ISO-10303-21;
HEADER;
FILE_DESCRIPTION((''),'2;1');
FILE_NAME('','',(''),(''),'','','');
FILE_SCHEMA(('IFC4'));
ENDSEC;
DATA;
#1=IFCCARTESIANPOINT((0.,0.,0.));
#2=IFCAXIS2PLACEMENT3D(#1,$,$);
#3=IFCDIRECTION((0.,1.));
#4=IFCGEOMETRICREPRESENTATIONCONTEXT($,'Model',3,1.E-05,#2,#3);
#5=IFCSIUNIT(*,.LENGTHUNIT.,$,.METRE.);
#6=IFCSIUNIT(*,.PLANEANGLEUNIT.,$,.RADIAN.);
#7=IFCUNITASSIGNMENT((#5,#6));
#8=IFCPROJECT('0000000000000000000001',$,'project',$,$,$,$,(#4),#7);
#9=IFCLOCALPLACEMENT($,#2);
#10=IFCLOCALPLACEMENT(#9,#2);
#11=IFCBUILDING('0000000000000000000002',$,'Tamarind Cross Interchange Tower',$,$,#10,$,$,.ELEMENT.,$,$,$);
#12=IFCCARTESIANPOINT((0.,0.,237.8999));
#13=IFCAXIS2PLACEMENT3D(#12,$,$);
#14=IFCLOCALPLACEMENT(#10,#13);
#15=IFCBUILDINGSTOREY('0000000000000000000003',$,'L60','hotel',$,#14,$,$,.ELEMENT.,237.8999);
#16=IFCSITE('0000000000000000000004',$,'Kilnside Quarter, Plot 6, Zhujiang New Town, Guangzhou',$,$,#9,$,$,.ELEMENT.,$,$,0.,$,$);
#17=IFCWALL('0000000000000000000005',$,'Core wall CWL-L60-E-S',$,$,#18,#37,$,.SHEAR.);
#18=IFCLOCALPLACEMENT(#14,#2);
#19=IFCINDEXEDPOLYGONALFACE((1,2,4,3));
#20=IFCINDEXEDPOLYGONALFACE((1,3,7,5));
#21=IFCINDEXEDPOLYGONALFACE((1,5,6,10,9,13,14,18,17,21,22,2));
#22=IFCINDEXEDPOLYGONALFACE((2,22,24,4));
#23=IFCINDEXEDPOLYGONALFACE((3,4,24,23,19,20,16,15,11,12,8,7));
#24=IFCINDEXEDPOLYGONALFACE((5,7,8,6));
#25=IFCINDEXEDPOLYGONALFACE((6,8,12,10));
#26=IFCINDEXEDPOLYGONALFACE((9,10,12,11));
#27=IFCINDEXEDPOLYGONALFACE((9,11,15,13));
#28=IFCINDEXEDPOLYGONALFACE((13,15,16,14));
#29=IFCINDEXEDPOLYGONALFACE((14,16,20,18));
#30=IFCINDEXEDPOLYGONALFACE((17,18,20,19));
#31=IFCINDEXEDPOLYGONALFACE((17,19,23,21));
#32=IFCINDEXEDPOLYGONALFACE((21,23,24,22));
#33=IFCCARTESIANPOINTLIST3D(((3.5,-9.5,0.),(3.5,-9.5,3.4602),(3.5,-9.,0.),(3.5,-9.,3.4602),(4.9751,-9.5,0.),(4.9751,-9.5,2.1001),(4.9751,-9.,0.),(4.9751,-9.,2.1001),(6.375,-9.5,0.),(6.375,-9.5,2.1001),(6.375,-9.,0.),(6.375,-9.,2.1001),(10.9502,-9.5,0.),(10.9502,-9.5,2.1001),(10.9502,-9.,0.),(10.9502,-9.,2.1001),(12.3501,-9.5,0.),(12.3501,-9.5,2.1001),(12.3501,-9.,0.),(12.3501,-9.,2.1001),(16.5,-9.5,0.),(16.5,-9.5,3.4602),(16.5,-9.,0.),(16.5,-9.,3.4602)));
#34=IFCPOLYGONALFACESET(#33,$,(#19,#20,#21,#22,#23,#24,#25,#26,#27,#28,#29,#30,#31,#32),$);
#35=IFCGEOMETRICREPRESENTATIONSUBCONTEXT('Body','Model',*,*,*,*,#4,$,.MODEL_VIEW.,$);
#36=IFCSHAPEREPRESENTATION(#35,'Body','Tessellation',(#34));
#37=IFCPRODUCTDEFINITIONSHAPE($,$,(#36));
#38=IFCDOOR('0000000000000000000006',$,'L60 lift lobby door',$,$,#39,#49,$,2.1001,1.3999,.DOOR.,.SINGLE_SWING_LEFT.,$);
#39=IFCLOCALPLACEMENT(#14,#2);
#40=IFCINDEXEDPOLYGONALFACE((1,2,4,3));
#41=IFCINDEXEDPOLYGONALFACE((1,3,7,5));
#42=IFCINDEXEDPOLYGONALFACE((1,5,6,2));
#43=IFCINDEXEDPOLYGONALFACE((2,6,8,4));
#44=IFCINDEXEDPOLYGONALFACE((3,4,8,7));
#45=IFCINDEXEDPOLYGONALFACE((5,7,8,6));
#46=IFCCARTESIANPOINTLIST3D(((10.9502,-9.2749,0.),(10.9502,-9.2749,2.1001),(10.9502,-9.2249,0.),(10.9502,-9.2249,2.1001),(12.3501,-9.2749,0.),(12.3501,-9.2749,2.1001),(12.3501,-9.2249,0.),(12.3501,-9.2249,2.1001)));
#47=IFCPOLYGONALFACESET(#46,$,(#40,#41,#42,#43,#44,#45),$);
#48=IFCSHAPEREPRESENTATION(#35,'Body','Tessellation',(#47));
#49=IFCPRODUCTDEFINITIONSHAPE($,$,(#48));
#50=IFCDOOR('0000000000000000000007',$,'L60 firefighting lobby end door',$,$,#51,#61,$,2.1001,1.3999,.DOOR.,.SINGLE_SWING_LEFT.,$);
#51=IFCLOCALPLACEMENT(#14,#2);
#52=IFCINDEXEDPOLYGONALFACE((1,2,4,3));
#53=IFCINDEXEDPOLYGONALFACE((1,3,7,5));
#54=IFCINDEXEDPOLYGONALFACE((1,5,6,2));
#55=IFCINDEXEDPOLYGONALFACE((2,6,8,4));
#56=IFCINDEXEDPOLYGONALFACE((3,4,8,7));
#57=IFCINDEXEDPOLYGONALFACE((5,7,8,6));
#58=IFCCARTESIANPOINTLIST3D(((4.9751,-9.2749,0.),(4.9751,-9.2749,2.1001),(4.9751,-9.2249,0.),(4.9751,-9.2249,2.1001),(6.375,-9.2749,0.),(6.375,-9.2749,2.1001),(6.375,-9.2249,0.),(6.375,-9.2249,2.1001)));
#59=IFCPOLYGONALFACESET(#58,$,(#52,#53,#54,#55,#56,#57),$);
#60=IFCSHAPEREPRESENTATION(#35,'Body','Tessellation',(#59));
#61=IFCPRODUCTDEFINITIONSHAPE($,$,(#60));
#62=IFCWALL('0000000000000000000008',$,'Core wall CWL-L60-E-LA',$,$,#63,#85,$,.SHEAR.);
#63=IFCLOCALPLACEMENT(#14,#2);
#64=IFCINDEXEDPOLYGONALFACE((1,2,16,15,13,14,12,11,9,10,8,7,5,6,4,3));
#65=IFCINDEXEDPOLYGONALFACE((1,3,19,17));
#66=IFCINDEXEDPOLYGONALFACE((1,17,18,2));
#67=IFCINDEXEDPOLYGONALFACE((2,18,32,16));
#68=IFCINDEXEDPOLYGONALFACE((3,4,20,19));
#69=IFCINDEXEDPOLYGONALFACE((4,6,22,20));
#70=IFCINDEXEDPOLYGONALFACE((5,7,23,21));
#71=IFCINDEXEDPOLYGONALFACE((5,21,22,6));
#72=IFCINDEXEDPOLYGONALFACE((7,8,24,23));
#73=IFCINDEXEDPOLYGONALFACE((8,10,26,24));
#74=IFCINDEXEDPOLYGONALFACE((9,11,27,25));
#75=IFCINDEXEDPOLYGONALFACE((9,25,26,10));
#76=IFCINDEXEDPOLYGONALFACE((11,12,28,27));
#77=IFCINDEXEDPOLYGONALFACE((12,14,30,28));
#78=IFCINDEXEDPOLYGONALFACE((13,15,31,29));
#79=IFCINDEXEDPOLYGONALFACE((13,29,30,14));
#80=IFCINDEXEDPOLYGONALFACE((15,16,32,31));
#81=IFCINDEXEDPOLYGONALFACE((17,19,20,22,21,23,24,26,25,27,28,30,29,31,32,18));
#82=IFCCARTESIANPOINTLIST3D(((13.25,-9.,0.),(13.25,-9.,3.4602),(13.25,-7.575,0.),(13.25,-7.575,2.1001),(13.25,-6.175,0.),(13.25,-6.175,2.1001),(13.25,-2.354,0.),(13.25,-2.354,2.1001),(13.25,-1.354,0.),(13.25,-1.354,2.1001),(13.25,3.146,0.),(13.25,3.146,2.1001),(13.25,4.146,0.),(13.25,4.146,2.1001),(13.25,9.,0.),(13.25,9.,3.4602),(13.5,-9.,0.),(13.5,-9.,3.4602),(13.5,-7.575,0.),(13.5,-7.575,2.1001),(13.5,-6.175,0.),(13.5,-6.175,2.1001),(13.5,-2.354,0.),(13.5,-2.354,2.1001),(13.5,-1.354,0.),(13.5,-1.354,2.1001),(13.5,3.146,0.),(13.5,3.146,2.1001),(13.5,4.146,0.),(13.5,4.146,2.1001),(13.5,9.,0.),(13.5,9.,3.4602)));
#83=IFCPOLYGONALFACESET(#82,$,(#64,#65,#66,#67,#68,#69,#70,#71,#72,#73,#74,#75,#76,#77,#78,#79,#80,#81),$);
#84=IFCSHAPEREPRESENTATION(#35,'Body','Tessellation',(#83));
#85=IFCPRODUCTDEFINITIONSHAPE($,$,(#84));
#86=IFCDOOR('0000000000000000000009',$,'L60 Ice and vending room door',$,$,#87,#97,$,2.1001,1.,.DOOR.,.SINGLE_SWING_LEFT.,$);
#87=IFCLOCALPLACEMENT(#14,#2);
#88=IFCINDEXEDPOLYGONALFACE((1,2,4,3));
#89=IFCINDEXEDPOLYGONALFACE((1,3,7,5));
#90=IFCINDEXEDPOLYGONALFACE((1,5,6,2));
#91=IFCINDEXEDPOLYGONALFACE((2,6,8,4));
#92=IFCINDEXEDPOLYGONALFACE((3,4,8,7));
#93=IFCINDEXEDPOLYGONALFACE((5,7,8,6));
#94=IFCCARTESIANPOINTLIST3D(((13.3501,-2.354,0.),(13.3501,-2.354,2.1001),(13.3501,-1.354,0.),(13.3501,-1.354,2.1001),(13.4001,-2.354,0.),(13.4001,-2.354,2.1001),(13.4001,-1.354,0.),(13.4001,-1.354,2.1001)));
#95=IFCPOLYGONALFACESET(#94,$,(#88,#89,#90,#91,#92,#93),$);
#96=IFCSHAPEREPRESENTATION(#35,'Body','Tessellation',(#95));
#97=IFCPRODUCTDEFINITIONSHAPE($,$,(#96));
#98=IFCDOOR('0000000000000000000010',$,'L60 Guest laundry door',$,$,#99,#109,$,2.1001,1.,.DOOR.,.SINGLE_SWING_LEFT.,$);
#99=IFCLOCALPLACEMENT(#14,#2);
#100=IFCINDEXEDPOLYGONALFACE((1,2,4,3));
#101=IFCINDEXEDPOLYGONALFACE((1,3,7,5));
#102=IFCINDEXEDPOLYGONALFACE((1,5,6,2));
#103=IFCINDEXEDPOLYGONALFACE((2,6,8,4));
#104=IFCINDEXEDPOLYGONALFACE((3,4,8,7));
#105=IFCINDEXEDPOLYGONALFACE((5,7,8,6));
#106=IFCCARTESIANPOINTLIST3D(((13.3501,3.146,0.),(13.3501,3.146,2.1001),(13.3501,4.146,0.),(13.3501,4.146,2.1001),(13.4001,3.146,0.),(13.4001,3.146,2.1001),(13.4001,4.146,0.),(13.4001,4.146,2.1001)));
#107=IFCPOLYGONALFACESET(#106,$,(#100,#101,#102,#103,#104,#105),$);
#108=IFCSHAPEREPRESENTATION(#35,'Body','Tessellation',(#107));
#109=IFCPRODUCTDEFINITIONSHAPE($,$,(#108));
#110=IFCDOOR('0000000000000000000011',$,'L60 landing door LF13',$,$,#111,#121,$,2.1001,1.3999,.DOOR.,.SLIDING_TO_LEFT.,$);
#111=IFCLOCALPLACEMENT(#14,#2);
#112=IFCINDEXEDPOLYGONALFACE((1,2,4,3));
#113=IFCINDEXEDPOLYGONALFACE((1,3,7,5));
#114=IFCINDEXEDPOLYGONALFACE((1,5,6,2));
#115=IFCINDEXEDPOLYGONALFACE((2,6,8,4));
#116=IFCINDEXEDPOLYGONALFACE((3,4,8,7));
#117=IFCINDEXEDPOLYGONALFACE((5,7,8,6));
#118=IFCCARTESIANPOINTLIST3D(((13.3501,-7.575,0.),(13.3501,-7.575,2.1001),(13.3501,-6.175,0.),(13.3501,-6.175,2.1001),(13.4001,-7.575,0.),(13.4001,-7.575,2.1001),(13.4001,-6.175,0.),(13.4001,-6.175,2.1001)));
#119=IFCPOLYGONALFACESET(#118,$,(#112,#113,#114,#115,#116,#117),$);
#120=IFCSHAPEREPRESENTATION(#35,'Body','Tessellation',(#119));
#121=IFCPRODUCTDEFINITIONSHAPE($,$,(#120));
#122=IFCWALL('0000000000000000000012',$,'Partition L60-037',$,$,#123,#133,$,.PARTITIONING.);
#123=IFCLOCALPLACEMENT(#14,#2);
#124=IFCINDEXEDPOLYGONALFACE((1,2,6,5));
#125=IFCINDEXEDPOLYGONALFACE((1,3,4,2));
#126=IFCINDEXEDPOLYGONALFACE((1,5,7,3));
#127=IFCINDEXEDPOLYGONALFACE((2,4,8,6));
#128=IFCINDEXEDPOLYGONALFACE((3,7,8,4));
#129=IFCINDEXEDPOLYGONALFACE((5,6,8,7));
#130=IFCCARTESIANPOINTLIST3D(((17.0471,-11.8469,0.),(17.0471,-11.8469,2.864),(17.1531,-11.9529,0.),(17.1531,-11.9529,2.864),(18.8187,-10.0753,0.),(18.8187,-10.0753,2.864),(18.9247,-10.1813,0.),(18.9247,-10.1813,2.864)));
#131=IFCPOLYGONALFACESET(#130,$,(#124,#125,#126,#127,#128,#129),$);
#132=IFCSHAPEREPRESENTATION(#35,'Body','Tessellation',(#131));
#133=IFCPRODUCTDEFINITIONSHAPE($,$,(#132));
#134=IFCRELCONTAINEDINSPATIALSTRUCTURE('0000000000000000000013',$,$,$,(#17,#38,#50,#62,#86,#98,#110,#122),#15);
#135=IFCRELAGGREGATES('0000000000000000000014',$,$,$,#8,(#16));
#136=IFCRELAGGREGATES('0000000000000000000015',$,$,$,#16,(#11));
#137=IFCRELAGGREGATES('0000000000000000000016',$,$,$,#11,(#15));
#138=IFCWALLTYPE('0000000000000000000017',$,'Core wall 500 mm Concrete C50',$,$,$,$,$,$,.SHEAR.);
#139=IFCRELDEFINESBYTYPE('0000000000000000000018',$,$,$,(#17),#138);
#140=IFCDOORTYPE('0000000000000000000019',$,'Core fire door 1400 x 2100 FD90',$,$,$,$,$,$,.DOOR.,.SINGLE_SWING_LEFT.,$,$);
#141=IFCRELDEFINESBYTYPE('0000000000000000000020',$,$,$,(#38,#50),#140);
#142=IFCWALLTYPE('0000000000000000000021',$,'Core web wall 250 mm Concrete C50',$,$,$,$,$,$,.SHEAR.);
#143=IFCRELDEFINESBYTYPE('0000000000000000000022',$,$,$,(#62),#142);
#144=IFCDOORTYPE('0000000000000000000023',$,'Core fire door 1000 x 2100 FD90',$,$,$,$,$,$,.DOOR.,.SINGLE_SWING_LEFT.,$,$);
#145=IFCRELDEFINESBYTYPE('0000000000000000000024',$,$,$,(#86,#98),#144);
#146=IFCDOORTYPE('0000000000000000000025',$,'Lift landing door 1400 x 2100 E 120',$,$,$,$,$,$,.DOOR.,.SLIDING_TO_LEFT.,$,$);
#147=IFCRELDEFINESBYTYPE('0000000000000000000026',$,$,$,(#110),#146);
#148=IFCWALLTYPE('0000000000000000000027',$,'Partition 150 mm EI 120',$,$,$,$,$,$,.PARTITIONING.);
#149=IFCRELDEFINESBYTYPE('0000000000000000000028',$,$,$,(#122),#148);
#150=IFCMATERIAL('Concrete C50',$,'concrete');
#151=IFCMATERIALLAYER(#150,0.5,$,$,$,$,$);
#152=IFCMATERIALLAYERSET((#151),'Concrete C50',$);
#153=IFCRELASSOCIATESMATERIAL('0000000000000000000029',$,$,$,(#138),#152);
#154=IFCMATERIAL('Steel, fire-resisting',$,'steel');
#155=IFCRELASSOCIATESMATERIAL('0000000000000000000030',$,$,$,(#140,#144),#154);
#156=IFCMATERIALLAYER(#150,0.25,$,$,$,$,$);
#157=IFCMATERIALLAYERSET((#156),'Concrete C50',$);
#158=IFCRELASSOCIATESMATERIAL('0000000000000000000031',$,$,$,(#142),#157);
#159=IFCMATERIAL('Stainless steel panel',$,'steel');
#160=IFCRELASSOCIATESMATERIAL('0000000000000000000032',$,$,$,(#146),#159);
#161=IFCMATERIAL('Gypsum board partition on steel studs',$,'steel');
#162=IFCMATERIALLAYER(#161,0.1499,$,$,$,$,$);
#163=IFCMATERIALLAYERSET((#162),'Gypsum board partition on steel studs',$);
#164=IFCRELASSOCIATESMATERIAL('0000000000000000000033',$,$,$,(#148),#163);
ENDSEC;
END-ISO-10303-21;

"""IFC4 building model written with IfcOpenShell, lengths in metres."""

from ifc_helpers import new_model, si_unit, direction, frame, frame_2d, origin, place, context, subcontext, project, spatial, rectangle, extrude, material, layer, layer_set, type_object, element, fill, save


model = new_model("IFC4")

# Units and contexts
model_context = context("Model", 3, precision=1e-05, world=origin(), true_north=direction((0.0, 1.0)))
body_context = subcontext(model_context, "Body", "Model", "MODEL_VIEW")
ifc_project = project(units=[si_unit("LENGTHUNIT", "METRE"), si_unit("PLANEANGLEUNIT", "RADIAN")], contexts=[model_context])

# Site, building, storey
site_placement = place(None, origin())
site = spatial("IfcSite", under=ifc_project, at=site_placement, Name="Kilnside Quarter, Plot 6, Zhujiang New Town, Guangzhou", CompositionType="ELEMENT", RefElevation=0.0)
building_placement = place(site_placement, origin())
building = spatial("IfcBuilding", under=site, at=building_placement, Name="Tamarind Cross Interchange Tower", CompositionType="ELEMENT")
storey_placement = place(building_placement, frame((0.0, 0.0, 237.8999)))
storey = spatial("IfcBuildingStorey", under=building, at=storey_placement, Name="L60", Description="hotel", CompositionType="ELEMENT", Elevation=237.8999)

# Shared definitions
ifc_material_1 = material(Name="Concrete C50", Category="concrete")

# Walls, openings, doors
ifc_layer_1 = layer(ifc_material_1, 0.5)
ifc_layer_set_1 = layer_set([ifc_layer_1], Name="Concrete C50")
wall_type_1 = type_object("IfcWallType", Name="Core wall 500 mm Concrete C50", PredefinedType="SHEAR", material=ifc_layer_set_1)
wall_1_placement = place(storey_placement, frame((16.5, -9.25, 0.0), z_axis=(0.0, 0.0, 1.0), x_axis=(-1.0, 0.0, 0.0)))
wall_1 = element("IfcWall", 1, at=wall_1_placement, inside=storey, type_object=wall_type_1, Name="Core wall CWL-L60-E-S", PredefinedType="SHEAR", context=body_context, shape_type="SweptSolid", body=[
    extrude(rectangle(XDim=13.0, YDim=0.5, at=frame_2d((6.5, 0.0))), origin(), (0.0, 0.0, 1.0), 3.4602),
])
opening_1_placement = place(wall_1_placement, frame((4.1499, 0.0, 0.0)))
opening_1 = element("IfcOpeningElement", 2, at=opening_1_placement, cuts=wall_1, PredefinedType="OPENING", context=body_context, shape_type="SweptSolid", body=[
    extrude(rectangle(XDim=1.3999, YDim=2.1001, at=frame_2d((0.7, 1.05))), frame((0.0, 0.26, 0.0), z_axis=(0.0, -1.0, 0.0), x_axis=(1.0, 0.0, 0.0)), (0.0, 0.0, 1.0), 0.52),
])
opening_2_placement = place(wall_1_placement, frame((10.125, 0.0, 0.0)))
opening_2 = element("IfcOpeningElement", 3, at=opening_2_placement, cuts=wall_1, PredefinedType="OPENING", context=body_context, shape_type="SweptSolid", body=[
    extrude(rectangle(XDim=1.3999, YDim=2.1001, at=frame_2d((0.7, 1.05))), frame((0.0, 0.26, 0.0), z_axis=(0.0, -1.0, 0.0), x_axis=(1.0, 0.0, 0.0)), (0.0, 0.0, 1.0), 0.52),
])
ifc_material_2 = material(Name="Steel, fire-resisting", Category="steel")
door_type_1 = type_object("IfcDoorType", Name="Core fire door 1400 x 2100 FD90", OperationType="SINGLE_SWING_LEFT", PredefinedType="DOOR", material=ifc_material_2)
door_1_placement = place(opening_1_placement, origin())
door_1 = element("IfcDoor", 4, at=door_1_placement, inside=storey, type_object=door_type_1, Name="L60 lift lobby door", OperationType="SINGLE_SWING_LEFT", OverallHeight=2.1001, OverallWidth=1.3999, PredefinedType="DOOR", context=body_context, shape_type="SweptSolid", body=[
    extrude(rectangle(XDim=1.3999, YDim=2.1001, at=frame_2d((0.7, 1.05))), frame((0.0, 0.0249, 0.0), z_axis=(0.0, -1.0, 0.0), x_axis=(1.0, 0.0, 0.0)), (0.0, 0.0, 1.0), 0.05),
])
fill(opening_1, door_1)
door_2_placement = place(opening_2_placement, origin())
door_2 = element("IfcDoor", 5, at=door_2_placement, inside=storey, type_object=door_type_1, Name="L60 firefighting lobby end door", OperationType="SINGLE_SWING_LEFT", OverallHeight=2.1001, OverallWidth=1.3999, PredefinedType="DOOR", context=body_context, shape_type="SweptSolid", body=[
    extrude(rectangle(XDim=1.3999, YDim=2.1001, at=frame_2d((0.7, 1.05))), frame((0.0, 0.0249, 0.0), z_axis=(0.0, -1.0, 0.0), x_axis=(1.0, 0.0, 0.0)), (0.0, 0.0, 1.0), 0.05),
])
fill(opening_2, door_2)
ifc_layer_2 = layer(ifc_material_1, 0.25)
ifc_layer_set_2 = layer_set([ifc_layer_2], Name="Concrete C50")
wall_type_2 = type_object("IfcWallType", Name="Core web wall 250 mm Concrete C50", PredefinedType="SHEAR", material=ifc_layer_set_2)
wall_2_placement = place(storey_placement, frame((13.375, -9.0, 0.0), z_axis=(0.0, 0.0, 1.0), x_axis=(0.0, 1.0, 0.0)))
wall_2 = element("IfcWall", 6, at=wall_2_placement, inside=storey, type_object=wall_type_2, Name="Core wall CWL-L60-E-LA", PredefinedType="SHEAR", context=body_context, shape_type="SweptSolid", body=[
    extrude(rectangle(XDim=18.0, YDim=0.25, at=frame_2d((9.0, 0.0))), origin(), (0.0, 0.0, 1.0), 3.4602),
])
opening_3_placement = place(wall_2_placement, frame((1.425, 0.0, 0.0)))
opening_3 = element("IfcOpeningElement", 7, at=opening_3_placement, cuts=wall_2, PredefinedType="OPENING", context=body_context, shape_type="SweptSolid", body=[
    extrude(rectangle(XDim=1.3999, YDim=2.1001, at=frame_2d((0.7, 1.05))), frame((0.0, 0.135, 0.0), z_axis=(0.0, -1.0, 0.0), x_axis=(1.0, 0.0, 0.0)), (0.0, 0.0, 1.0), 0.27),
])
opening_4_placement = place(wall_2_placement, frame((6.646, 0.0, 0.0)))
opening_4 = element("IfcOpeningElement", 8, at=opening_4_placement, cuts=wall_2, PredefinedType="OPENING", context=body_context, shape_type="SweptSolid", body=[
    extrude(rectangle(XDim=1.0, YDim=2.1001, at=frame_2d((0.5, 1.05))), frame((0.0, 0.135, 0.0), z_axis=(0.0, -1.0, 0.0), x_axis=(1.0, 0.0, 0.0)), (0.0, 0.0, 1.0), 0.27),
])
opening_5_placement = place(wall_2_placement, frame((12.146, 0.0, 0.0)))
opening_5 = element("IfcOpeningElement", 9, at=opening_5_placement, cuts=wall_2, PredefinedType="OPENING", context=body_context, shape_type="SweptSolid", body=[
    extrude(rectangle(XDim=1.0, YDim=2.1001, at=frame_2d((0.5, 1.05))), frame((0.0, 0.135, 0.0), z_axis=(0.0, -1.0, 0.0), x_axis=(1.0, 0.0, 0.0)), (0.0, 0.0, 1.0), 0.27),
])
door_type_2 = type_object("IfcDoorType", Name="Core fire door 1000 x 2100 FD90", OperationType="SINGLE_SWING_LEFT", PredefinedType="DOOR", material=ifc_material_2)
door_3_placement = place(opening_4_placement, origin())
door_3 = element("IfcDoor", 10, at=door_3_placement, inside=storey, type_object=door_type_2, Name="L60 Ice and vending room door", OperationType="SINGLE_SWING_LEFT", OverallHeight=2.1001, OverallWidth=1.0, PredefinedType="DOOR", context=body_context, shape_type="SweptSolid", body=[
    extrude(rectangle(XDim=1.0, YDim=2.1001, at=frame_2d((0.5, 1.05))), frame((0.0, 0.0249, 0.0), z_axis=(0.0, -1.0, 0.0), x_axis=(1.0, 0.0, 0.0)), (0.0, 0.0, 1.0), 0.05),
])
fill(opening_4, door_3)
door_4_placement = place(opening_5_placement, origin())
door_4 = element("IfcDoor", 11, at=door_4_placement, inside=storey, type_object=door_type_2, Name="L60 Guest laundry door", OperationType="SINGLE_SWING_LEFT", OverallHeight=2.1001, OverallWidth=1.0, PredefinedType="DOOR", context=body_context, shape_type="SweptSolid", body=[
    extrude(rectangle(XDim=1.0, YDim=2.1001, at=frame_2d((0.5, 1.05))), frame((0.0, 0.0249, 0.0), z_axis=(0.0, -1.0, 0.0), x_axis=(1.0, 0.0, 0.0)), (0.0, 0.0, 1.0), 0.05),
])
fill(opening_5, door_4)
ifc_material_3 = material(Name="Stainless steel panel", Category="steel")
door_type_3 = type_object("IfcDoorType", Name="Lift landing door 1400 x 2100 E 120", OperationType="SLIDING_TO_LEFT", PredefinedType="DOOR", material=ifc_material_3)
door_5_placement = place(opening_3_placement, origin())
door_5 = element("IfcDoor", 12, at=door_5_placement, inside=storey, type_object=door_type_3, Name="L60 landing door LF13", OperationType="SLIDING_TO_LEFT", OverallHeight=2.1001, OverallWidth=1.3999, PredefinedType="DOOR", context=body_context, shape_type="SweptSolid", body=[
    extrude(rectangle(XDim=1.3999, YDim=2.1001, at=frame_2d((0.7, 1.05))), frame((0.0, 0.0249, 0.0), z_axis=(0.0, -1.0, 0.0), x_axis=(1.0, 0.0, 0.0)), (0.0, 0.0, 1.0), 0.05),
])
fill(opening_3, door_5)

# Wall
ifc_material_4 = material(Name="Gypsum board partition on steel studs", Category="steel")
ifc_layer_3 = layer(ifc_material_4, 0.1499)
ifc_layer_set_3 = layer_set([ifc_layer_3], Name="Gypsum board partition on steel studs")
wall_type_3 = type_object("IfcWallType", Name="Partition 150 mm EI 120", PredefinedType="PARTITIONING", material=ifc_layer_set_3)
wall_3_placement = place(storey_placement, frame((17.1001, -11.8999, 0.0), z_axis=(0.0, 0.0, 1.0), x_axis=(0.707107, 0.707107, 0.0)))
element("IfcWall", 13, at=wall_3_placement, inside=storey, type_object=wall_type_3, Name="Partition L60-037", PredefinedType="PARTITIONING", context=body_context, shape_type="SweptSolid", body=[
    extrude(rectangle(XDim=2.5054, YDim=0.1499, at=frame_2d((1.2527, 0.0))), origin(), (0.0, 0.0, 1.0), 2.864),
])

save(model, "model.ifc")
